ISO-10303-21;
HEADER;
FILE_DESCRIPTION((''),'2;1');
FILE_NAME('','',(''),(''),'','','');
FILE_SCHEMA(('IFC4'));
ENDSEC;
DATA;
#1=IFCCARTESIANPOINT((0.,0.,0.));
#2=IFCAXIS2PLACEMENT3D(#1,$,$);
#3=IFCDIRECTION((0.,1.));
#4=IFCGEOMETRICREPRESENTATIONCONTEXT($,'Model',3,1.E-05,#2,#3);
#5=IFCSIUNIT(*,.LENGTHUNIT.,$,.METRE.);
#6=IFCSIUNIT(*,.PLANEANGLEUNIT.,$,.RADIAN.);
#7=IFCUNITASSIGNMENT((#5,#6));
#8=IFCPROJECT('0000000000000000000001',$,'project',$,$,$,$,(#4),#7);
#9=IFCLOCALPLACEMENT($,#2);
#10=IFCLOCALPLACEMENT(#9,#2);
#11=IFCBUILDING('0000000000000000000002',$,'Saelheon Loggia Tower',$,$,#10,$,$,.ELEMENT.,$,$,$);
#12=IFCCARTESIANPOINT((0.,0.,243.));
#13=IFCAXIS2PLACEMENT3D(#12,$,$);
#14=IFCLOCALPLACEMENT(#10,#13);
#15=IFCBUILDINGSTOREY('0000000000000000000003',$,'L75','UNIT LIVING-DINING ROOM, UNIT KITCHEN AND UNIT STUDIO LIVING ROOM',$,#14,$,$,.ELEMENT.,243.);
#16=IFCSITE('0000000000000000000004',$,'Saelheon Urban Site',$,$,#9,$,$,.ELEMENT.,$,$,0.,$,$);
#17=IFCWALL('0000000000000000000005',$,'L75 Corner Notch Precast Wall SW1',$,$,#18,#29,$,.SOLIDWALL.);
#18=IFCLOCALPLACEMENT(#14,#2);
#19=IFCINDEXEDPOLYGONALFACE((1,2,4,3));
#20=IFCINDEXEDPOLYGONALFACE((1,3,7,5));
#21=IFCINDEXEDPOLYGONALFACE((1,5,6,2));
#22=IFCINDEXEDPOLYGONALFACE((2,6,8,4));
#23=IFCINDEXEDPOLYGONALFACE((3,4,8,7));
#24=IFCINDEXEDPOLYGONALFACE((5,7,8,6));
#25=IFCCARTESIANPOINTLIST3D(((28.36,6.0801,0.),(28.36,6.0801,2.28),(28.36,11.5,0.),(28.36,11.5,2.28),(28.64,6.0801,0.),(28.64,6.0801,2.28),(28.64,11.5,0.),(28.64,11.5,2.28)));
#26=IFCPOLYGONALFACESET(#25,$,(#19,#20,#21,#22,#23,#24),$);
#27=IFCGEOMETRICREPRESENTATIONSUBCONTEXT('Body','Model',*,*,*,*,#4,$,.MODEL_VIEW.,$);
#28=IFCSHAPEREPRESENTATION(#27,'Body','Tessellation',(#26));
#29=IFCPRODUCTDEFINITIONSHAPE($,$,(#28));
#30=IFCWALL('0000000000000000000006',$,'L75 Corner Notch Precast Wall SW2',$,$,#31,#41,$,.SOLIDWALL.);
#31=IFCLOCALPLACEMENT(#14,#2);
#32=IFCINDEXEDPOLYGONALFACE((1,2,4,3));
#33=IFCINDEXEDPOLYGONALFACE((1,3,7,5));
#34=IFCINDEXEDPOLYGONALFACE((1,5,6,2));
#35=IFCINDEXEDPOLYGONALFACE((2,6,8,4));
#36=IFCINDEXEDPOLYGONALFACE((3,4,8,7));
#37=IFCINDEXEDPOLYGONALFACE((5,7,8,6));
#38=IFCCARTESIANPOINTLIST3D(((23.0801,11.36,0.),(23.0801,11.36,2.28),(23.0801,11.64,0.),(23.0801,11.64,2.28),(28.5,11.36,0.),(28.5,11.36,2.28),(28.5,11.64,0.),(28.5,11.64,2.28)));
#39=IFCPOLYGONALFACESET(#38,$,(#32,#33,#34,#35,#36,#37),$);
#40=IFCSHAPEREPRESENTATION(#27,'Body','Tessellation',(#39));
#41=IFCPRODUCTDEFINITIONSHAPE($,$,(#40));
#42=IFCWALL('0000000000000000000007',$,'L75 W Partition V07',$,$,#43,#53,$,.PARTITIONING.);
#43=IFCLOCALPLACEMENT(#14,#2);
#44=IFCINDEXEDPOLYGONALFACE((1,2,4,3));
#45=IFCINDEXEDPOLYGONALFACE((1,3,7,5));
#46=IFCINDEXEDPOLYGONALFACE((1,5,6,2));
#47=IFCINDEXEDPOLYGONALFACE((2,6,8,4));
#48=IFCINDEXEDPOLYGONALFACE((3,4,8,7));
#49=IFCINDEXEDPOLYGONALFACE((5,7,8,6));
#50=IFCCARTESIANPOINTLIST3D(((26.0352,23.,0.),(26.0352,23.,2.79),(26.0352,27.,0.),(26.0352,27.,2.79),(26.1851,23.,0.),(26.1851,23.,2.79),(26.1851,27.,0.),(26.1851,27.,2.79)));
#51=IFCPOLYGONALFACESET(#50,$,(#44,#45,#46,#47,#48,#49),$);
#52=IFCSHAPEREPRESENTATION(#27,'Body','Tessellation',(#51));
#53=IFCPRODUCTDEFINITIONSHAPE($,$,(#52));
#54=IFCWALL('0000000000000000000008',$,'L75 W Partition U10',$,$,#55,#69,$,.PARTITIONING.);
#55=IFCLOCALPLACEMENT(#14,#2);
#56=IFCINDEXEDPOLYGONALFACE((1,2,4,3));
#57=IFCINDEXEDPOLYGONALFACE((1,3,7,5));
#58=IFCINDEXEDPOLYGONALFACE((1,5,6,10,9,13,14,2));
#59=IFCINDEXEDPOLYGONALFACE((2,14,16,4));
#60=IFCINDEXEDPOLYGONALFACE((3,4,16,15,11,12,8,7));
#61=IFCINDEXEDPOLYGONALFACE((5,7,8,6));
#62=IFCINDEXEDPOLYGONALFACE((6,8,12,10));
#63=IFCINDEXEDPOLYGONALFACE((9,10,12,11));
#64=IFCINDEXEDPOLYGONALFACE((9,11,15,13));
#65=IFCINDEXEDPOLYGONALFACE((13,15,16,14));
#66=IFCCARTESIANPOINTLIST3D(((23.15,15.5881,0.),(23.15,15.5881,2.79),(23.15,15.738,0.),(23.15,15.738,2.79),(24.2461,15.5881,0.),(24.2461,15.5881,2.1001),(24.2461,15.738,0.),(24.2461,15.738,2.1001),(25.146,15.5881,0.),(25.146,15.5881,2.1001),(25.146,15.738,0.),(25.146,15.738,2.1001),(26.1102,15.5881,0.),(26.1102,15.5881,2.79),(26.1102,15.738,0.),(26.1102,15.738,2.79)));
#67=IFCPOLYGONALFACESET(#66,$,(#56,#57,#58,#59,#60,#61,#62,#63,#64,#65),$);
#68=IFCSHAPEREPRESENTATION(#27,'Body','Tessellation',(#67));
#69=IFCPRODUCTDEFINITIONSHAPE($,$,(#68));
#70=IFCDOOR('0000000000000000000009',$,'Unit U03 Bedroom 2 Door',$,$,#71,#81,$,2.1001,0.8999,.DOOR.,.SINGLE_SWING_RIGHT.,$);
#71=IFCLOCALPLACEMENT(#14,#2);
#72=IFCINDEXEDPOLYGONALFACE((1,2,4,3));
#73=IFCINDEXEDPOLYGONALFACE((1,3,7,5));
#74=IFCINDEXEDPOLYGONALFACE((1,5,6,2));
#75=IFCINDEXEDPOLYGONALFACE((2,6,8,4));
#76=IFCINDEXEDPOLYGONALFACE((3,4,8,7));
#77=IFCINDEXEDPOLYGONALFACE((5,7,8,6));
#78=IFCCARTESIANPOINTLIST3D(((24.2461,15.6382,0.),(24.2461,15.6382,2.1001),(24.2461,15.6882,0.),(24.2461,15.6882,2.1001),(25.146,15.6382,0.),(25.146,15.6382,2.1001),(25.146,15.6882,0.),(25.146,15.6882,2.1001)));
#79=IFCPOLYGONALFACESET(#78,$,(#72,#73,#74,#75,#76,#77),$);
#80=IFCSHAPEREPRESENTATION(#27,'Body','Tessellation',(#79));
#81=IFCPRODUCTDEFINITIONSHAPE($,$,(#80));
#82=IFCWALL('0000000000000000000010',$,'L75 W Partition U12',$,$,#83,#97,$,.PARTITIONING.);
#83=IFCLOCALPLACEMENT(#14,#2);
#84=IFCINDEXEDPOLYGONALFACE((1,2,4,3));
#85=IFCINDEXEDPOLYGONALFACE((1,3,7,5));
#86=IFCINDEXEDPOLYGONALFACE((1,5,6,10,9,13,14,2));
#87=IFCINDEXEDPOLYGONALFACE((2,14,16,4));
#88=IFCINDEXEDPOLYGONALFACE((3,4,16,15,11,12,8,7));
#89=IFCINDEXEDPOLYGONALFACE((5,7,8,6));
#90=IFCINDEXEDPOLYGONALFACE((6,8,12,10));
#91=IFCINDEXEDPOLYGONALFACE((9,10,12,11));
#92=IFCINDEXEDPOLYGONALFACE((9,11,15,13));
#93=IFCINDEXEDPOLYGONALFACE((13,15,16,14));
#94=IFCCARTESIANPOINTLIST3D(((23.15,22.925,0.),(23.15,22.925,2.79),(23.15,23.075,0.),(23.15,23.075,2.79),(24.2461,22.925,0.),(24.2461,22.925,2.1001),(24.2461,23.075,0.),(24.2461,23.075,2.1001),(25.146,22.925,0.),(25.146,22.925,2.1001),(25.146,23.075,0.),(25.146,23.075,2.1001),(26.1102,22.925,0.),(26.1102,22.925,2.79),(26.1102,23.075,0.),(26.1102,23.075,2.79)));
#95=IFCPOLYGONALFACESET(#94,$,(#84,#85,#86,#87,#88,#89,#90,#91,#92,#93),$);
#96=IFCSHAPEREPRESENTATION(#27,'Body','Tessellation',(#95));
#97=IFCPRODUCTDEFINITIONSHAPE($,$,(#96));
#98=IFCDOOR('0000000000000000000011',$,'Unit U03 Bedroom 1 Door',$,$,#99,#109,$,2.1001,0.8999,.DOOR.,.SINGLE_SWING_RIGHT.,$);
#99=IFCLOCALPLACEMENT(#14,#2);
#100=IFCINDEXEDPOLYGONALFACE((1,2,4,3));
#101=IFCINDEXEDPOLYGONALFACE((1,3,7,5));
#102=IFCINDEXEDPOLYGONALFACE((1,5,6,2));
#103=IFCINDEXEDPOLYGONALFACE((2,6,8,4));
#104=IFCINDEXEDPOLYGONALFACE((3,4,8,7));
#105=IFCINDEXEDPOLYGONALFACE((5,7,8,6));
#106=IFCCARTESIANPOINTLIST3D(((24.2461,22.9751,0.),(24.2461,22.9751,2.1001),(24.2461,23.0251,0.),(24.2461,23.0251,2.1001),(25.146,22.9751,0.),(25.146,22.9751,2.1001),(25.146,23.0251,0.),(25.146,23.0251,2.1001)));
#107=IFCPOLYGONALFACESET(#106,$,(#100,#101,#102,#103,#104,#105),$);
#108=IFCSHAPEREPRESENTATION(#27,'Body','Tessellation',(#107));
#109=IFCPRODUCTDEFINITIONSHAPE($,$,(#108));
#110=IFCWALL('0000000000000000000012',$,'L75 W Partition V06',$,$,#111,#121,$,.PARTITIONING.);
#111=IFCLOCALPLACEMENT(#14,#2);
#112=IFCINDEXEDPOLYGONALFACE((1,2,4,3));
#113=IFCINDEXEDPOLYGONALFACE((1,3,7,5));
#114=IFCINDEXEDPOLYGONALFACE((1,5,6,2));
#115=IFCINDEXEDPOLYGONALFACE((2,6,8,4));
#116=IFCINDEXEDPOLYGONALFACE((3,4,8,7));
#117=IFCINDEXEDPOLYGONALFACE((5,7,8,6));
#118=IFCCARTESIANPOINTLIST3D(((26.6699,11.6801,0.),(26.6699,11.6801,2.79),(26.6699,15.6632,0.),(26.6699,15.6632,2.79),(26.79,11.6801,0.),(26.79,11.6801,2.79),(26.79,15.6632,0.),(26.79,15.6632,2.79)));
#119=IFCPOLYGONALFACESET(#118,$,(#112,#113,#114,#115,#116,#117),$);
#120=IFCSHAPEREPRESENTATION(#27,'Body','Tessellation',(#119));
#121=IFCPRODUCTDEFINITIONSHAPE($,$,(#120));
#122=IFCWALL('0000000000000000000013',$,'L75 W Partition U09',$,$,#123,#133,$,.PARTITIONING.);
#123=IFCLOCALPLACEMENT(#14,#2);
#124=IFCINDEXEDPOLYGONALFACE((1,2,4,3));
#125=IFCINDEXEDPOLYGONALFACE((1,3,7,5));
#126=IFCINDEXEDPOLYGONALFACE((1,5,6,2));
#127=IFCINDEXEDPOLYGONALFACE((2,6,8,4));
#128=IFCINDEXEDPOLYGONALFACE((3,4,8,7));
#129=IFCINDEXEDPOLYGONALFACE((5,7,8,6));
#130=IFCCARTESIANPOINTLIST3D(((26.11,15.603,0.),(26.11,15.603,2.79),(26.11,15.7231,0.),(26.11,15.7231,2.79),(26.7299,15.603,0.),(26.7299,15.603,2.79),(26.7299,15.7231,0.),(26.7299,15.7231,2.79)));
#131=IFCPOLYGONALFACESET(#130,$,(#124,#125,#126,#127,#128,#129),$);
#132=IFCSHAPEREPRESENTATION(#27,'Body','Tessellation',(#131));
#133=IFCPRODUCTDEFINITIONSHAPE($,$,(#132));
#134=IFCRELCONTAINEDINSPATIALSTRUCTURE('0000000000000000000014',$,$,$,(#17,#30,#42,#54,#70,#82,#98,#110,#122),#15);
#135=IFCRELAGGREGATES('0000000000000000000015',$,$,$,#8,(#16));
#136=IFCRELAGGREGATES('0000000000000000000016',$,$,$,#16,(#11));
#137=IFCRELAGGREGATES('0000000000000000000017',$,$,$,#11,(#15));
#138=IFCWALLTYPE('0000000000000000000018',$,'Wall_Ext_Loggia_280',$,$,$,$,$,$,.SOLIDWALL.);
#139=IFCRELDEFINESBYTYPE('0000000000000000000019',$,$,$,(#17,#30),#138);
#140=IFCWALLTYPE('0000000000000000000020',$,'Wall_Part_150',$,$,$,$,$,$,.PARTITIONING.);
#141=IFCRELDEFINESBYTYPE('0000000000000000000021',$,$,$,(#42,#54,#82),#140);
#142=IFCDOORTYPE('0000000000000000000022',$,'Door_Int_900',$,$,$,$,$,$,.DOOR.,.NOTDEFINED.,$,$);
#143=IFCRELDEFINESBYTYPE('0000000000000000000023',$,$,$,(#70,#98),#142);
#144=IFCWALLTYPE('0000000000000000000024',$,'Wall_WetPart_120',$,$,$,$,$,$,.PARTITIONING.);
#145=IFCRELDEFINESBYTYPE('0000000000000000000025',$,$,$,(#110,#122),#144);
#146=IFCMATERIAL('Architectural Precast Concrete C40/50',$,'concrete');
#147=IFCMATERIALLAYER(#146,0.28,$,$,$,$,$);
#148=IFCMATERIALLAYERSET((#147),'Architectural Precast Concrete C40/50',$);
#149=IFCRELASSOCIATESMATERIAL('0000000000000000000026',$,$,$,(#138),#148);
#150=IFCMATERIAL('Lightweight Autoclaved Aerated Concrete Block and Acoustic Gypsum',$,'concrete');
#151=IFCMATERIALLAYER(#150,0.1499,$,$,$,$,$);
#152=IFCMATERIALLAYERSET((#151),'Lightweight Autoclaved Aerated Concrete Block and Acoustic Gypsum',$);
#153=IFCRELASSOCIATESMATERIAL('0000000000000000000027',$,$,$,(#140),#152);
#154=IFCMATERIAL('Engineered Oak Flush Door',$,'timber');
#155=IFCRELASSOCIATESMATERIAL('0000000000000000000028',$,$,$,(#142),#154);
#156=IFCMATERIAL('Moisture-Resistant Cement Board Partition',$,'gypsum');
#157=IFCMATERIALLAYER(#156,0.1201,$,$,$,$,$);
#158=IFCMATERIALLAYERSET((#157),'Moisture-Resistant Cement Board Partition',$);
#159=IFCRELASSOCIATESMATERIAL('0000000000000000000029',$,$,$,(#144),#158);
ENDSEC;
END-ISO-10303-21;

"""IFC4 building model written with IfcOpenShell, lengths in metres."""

from ifc_helpers import new_model, si_unit, direction, frame, frame_2d, origin, place, context, subcontext, project, spatial, rectangle, extrude, source, transform, mapped, material, layer, layer_set, type_object, element, fill, save


model = new_model("IFC4")

# Units and contexts
model_context = context("Model", 3, precision=1e-05, world=origin(), true_north=direction((0.0, 1.0)))
body_context = subcontext(model_context, "Body", "Model", "MODEL_VIEW")
ifc_project = project(units=[si_unit("LENGTHUNIT", "METRE"), si_unit("PLANEANGLEUNIT", "RADIAN")], contexts=[model_context])

# Site, building, storey
site_placement = place(None, origin())
site = spatial("IfcSite", under=ifc_project, at=site_placement, Name="Saelheon Urban Site", CompositionType="ELEMENT", RefElevation=0.0)
building_placement = place(site_placement, origin())
building = spatial("IfcBuilding", under=site, at=building_placement, Name="Saelheon Loggia Tower", CompositionType="ELEMENT")
storey_placement = place(building_placement, frame((0.0, 0.0, 243.0)))
storey = spatial("IfcBuildingStorey", under=building, at=storey_placement, Name="L75", Description="UNIT LIVING-DINING ROOM, UNIT KITCHEN AND UNIT STUDIO LIVING ROOM", CompositionType="ELEMENT", Elevation=243.0)

# Shared definitions
ifc_material_1 = material(Name="Architectural Precast Concrete C40/50", Category="concrete")
ifc_layer_1 = layer(ifc_material_1, 0.28)
ifc_layer_set_1 = layer_set([ifc_layer_1], Name="Architectural Precast Concrete C40/50")
wall_type_1 = type_object("IfcWallType", Name="Wall_Ext_Loggia_280", PredefinedType="SOLIDWALL", material=ifc_layer_set_1)

# Walls
for number, where, z_axis, x_axis, name in (
    (1, (28.5, 6.0801, 0.0), (0.0, 0.0, 1.0), (0.0, 1.0, 0.0), "L75 Corner Notch Precast Wall SW1"),
    (2, (23.0801, 11.5, 0.0), (0.0, 0.0, 1.0), (1.0, 0.0, 0.0), "L75 Corner Notch Precast Wall SW2"),
):
    element("IfcWall", number, at=place(storey_placement, frame(where, z_axis=z_axis, x_axis=x_axis)), inside=storey, type_object=wall_type_1, Name=name, PredefinedType="SOLIDWALL", context=body_context, shape_type="SweptSolid", body=[
        extrude(rectangle(XDim=5.4199, YDim=0.28, at=frame_2d((2.71, 0.0))), origin(), (0.0, 0.0, 1.0), 2.28),
    ])
ifc_material_2 = material(Name="Lightweight Autoclaved Aerated Concrete Block and Acoustic Gypsum", Category="concrete")
ifc_layer_2 = layer(ifc_material_2, 0.1499)
ifc_layer_set_2 = layer_set([ifc_layer_2], Name="Lightweight Autoclaved Aerated Concrete Block and Acoustic Gypsum")
wall_type_2 = type_object("IfcWallType", Name="Wall_Part_150", PredefinedType="PARTITIONING", material=ifc_layer_set_2)
wall_1_placement = place(storey_placement, frame((26.1101, 23.0, 0.0), z_axis=(0.0, 0.0, 1.0), x_axis=(0.0, 1.0, 0.0)))
element("IfcWall", 3, at=wall_1_placement, inside=storey, type_object=wall_type_2, Name="L75 W Partition V07", PredefinedType="PARTITIONING", context=body_context, shape_type="SweptSolid", body=[
    extrude(rectangle(XDim=4.0, YDim=0.1499, at=frame_2d((2.0, 0.0))), origin(), (0.0, 0.0, 1.0), 2.79),
])

# Walls, openings, doors
wall_2_placement = place(storey_placement, frame((26.1101, 15.6631, 0.0), z_axis=(0.0, 0.0, 1.0), x_axis=(-1.0, 0.0, 0.0)))
wall_2 = element("IfcWall", 4, at=wall_2_placement, inside=storey, type_object=wall_type_2, Name="L75 W Partition U10", PredefinedType="PARTITIONING", context=body_context, shape_type="SweptSolid", body=[
    extrude(rectangle(XDim=2.9602, YDim=0.1499, at=frame_2d((1.48, 0.0))), origin(), (0.0, 0.0, 1.0), 2.79),
])
opening_1_placement = place(wall_2_placement, frame((0.9641, 0.0, 0.0)))
opening_1 = element("IfcOpeningElement", 5, at=opening_1_placement, cuts=wall_2, PredefinedType="OPENING", context=body_context, shape_type="SweptSolid", body=[
    extrude(rectangle(XDim=0.8999, YDim=2.1001, at=frame_2d((0.45, 1.05))), frame((0.0, 0.0869, 0.0), z_axis=(0.0, -1.0, 0.0), x_axis=(1.0, 0.0, 0.0)), (0.0, 0.0, 1.0), 0.1738),
])
ifc_material_3 = material(Name="Engineered Oak Flush Door", Category="timber")
door_type_1 = type_object("IfcDoorType", Name="Door_Int_900", OperationType="NOTDEFINED", PredefinedType="DOOR", material=ifc_material_3)
shared_shape_1 = source(origin(), body_context, "Body", "SweptSolid", [
    extrude(rectangle(XDim=0.8999, YDim=2.1001, at=frame_2d((0.45, 1.05))), frame((0.0, 0.0249, 0.0), z_axis=(0.0, -1.0, 0.0), x_axis=(1.0, 0.0, 0.0)), (0.0, 0.0, 1.0), 0.05),
])
door_1_placement = place(opening_1_placement, origin())
door_1 = element("IfcDoor", 6, at=door_1_placement, inside=storey, type_object=door_type_1, Name="Unit U03 Bedroom 2 Door", OperationType="SINGLE_SWING_RIGHT", OverallHeight=2.1001, OverallWidth=0.8999, PredefinedType="DOOR", context=body_context, shape_type="MappedRepresentation", body=[
    mapped(shared_shape_1, transform((0.0, 0.0, 0.0), scale=1.0)),
])
fill(opening_1, door_1)
wall_3_placement = place(storey_placement, frame((26.1101, 23.0, 0.0), z_axis=(0.0, 0.0, 1.0), x_axis=(-1.0, 0.0, 0.0)))
wall_3 = element("IfcWall", 7, at=wall_3_placement, inside=storey, type_object=wall_type_2, Name="L75 W Partition U12", PredefinedType="PARTITIONING", context=body_context, shape_type="SweptSolid", body=[
    extrude(rectangle(XDim=2.9602, YDim=0.1499, at=frame_2d((1.48, 0.0))), origin(), (0.0, 0.0, 1.0), 2.79),
])
opening_2_placement = place(wall_3_placement, frame((0.9641, 0.0, 0.0)))
opening_2 = element("IfcOpeningElement", 8, at=opening_2_placement, cuts=wall_3, PredefinedType="OPENING", context=body_context, shape_type="SweptSolid", body=[
    extrude(rectangle(XDim=0.8999, YDim=2.1001, at=frame_2d((0.45, 1.05))), frame((0.0, 0.0869, 0.0), z_axis=(0.0, -1.0, 0.0), x_axis=(1.0, 0.0, 0.0)), (0.0, 0.0, 1.0), 0.1738),
])
door_2_placement = place(opening_2_placement, origin())
door_2 = element("IfcDoor", 9, at=door_2_placement, inside=storey, type_object=door_type_1, Name="Unit U03 Bedroom 1 Door", OperationType="SINGLE_SWING_RIGHT", OverallHeight=2.1001, OverallWidth=0.8999, PredefinedType="DOOR", context=body_context, shape_type="MappedRepresentation", body=[
    mapped(shared_shape_1, transform((0.0, 0.0, 0.0), scale=1.0)),
])
fill(opening_2, door_2)

# Walls
ifc_material_4 = material(Name="Moisture-Resistant Cement Board Partition", Category="gypsum")
ifc_layer_3 = layer(ifc_material_4, 0.1201)
ifc_layer_set_3 = layer_set([ifc_layer_3], Name="Moisture-Resistant Cement Board Partition")
wall_type_3 = type_object("IfcWallType", Name="Wall_WetPart_120", PredefinedType="PARTITIONING", material=ifc_layer_set_3)
wall_4_placement = place(storey_placement, frame((26.73, 11.6799, 0.0), z_axis=(0.0, 0.0, 1.0), x_axis=(0.0, 1.0, 0.0)))
element("IfcWall", 10, at=wall_4_placement, inside=storey, type_object=wall_type_3, Name="L75 W Partition V06", PredefinedType="PARTITIONING", context=body_context, shape_type="SweptSolid", body=[
    extrude(rectangle(XDim=3.9832, YDim=0.1201, at=frame_2d((1.9917, 0.0))), origin(), (0.0, 0.0, 1.0), 2.79),
])
wall_5_placement = place(storey_placement, frame((26.73, 15.6631, 0.0), z_axis=(0.0, 0.0, 1.0), x_axis=(-1.0, 0.0, 0.0)))
element("IfcWall", 11, at=wall_5_placement, inside=storey, type_object=wall_type_3, Name="L75 W Partition U09", PredefinedType="PARTITIONING", context=body_context, shape_type="SweptSolid", body=[
    extrude(rectangle(XDim=0.6199, YDim=0.1201, at=frame_2d((0.3101, 0.0))), origin(), (0.0, 0.0, 1.0), 2.79),
])

save(model, "model.ifc")
